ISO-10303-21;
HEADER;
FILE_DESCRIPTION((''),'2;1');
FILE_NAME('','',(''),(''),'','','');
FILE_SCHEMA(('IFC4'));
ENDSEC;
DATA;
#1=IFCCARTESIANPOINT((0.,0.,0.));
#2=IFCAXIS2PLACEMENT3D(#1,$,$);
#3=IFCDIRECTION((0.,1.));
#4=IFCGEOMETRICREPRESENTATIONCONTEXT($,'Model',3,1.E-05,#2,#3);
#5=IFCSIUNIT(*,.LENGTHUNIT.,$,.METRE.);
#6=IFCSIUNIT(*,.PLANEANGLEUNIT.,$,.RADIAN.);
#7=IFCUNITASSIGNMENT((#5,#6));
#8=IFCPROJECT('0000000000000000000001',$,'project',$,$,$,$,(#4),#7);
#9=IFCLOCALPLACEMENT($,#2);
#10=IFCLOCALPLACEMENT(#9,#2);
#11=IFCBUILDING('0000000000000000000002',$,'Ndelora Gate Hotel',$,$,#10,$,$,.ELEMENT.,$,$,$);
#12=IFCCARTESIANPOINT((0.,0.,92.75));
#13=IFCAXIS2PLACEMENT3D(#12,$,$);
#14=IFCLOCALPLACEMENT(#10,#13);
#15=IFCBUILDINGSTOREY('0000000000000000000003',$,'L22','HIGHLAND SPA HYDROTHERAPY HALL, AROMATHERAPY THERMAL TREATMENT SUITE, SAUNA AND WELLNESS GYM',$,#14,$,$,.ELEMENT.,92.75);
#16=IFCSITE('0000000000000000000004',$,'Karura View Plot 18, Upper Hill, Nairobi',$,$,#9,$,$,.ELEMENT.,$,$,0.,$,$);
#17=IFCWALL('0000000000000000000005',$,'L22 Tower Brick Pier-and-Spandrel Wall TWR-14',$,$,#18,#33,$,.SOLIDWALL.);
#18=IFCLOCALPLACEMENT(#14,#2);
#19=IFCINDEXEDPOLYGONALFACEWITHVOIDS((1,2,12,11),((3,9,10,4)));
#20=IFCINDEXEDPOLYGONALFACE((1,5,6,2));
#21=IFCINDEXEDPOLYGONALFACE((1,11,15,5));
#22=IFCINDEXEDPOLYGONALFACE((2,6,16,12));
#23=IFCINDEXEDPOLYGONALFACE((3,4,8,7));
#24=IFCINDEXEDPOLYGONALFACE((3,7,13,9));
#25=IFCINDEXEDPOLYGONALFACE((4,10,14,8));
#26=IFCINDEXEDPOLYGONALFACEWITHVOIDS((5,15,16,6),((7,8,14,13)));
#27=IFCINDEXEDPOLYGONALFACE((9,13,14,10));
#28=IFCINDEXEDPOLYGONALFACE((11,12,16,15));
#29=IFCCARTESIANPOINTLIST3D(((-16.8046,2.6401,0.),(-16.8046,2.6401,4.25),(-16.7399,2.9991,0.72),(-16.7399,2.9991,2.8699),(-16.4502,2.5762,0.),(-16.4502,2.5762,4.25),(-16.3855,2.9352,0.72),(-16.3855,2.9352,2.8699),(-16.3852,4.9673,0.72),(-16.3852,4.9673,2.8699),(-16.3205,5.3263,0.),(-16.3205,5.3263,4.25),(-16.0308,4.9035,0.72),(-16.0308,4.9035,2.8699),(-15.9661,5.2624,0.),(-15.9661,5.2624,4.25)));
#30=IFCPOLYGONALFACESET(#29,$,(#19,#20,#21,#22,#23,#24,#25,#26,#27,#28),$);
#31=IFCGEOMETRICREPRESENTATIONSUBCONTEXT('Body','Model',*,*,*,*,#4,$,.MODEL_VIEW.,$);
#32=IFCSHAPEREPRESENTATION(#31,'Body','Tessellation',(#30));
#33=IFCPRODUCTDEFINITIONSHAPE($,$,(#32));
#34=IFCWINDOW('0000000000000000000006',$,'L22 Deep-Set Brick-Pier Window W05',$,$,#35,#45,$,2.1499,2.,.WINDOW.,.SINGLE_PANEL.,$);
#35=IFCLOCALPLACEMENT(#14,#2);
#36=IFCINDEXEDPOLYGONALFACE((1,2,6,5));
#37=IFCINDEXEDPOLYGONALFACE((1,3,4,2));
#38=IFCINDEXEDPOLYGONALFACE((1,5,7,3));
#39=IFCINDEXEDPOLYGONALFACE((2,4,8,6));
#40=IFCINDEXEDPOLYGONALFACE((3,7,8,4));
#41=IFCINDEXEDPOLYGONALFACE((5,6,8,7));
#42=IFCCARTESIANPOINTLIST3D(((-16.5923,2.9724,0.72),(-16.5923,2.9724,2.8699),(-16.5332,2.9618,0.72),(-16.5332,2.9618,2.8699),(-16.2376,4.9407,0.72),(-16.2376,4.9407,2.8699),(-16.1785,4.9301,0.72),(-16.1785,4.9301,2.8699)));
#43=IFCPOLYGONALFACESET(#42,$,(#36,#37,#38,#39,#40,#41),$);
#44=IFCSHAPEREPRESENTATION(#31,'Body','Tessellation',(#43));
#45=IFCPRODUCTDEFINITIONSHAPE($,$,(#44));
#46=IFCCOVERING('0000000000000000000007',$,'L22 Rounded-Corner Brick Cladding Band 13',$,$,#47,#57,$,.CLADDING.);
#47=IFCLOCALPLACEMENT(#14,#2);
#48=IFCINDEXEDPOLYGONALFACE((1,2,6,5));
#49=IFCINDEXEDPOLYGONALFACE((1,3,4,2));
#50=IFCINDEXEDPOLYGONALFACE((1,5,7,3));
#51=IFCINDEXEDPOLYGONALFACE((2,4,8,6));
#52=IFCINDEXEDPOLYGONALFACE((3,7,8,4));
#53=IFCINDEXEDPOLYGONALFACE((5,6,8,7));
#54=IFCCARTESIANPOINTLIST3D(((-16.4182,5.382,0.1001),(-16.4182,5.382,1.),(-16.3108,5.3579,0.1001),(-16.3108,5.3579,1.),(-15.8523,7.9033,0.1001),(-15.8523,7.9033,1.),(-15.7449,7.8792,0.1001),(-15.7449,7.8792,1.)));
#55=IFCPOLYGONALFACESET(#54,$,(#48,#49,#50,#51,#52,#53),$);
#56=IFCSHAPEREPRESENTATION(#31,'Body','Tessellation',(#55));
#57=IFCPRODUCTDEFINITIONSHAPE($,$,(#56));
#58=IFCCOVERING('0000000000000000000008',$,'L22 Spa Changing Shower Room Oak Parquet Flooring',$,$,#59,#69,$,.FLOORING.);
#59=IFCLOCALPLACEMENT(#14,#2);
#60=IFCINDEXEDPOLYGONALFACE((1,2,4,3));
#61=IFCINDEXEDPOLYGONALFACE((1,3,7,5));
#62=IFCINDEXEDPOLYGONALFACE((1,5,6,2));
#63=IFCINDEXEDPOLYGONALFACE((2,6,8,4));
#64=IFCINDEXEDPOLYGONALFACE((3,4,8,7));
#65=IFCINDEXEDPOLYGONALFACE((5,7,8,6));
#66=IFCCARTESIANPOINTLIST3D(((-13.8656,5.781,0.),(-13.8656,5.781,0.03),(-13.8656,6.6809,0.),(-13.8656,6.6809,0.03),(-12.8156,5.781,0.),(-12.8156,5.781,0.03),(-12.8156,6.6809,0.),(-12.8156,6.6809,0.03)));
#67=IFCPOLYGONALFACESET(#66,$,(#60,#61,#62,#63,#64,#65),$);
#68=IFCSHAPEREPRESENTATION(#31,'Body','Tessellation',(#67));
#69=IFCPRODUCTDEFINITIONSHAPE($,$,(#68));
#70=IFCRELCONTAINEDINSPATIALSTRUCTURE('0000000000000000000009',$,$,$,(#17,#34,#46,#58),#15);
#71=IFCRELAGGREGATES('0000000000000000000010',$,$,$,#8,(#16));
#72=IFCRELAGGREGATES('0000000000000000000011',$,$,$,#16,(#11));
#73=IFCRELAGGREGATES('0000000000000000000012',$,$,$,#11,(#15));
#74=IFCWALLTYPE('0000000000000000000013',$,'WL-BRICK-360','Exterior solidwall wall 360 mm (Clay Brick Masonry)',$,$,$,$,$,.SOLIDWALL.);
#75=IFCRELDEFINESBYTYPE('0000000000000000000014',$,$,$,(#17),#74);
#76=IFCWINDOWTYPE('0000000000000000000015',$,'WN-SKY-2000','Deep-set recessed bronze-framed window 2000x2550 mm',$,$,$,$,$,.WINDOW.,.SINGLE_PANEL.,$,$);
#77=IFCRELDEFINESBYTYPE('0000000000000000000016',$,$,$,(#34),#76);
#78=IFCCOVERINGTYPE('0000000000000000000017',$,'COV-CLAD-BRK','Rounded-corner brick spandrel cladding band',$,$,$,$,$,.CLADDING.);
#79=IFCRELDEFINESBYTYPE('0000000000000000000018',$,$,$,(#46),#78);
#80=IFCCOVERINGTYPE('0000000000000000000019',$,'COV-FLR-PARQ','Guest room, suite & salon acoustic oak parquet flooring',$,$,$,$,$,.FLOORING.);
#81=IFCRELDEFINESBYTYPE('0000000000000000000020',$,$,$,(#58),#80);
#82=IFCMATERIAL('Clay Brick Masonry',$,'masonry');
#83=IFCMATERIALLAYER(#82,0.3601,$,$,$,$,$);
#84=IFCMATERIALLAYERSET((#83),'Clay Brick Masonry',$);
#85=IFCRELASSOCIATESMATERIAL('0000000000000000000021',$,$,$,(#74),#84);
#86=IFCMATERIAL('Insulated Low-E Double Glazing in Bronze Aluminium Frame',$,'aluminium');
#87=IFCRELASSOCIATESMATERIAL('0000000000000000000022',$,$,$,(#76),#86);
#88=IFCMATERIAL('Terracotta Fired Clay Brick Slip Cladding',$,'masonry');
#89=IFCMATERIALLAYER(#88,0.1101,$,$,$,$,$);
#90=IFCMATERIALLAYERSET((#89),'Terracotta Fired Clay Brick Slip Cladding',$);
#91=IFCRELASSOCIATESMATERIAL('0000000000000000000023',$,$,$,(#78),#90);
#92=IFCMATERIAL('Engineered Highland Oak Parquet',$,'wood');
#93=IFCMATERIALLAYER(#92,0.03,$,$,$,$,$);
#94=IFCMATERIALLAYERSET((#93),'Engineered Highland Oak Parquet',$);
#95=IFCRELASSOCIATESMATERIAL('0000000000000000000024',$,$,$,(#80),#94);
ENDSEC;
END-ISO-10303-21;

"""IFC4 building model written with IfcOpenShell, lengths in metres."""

from ifc_helpers import new_model, si_unit, direction, frame, frame_2d, origin, origin_2d, place, context, subcontext, project, spatial, rectangle, extrude, material, layer, layer_set, type_object, element, fill, save


model = new_model("IFC4")

# Units and contexts
model_context = context("Model", 3, precision=1e-05, world=origin(), true_north=direction((0.0, 1.0)))
body_context = subcontext(model_context, "Body", "Model", "MODEL_VIEW")
ifc_project = project(units=[si_unit("LENGTHUNIT", "METRE"), si_unit("PLANEANGLEUNIT", "RADIAN")], contexts=[model_context])

# Site, building, storey
site_placement = place(None, origin())
site = spatial("IfcSite", under=ifc_project, at=site_placement, Name="Karura View Plot 18, Upper Hill, Nairobi", CompositionType="ELEMENT", RefElevation=0.0)
building_placement = place(site_placement, origin())
building = spatial("IfcBuilding", under=site, at=building_placement, Name="Ndelora Gate Hotel", CompositionType="ELEMENT")
storey_placement = place(building_placement, frame((0.0, 0.0, 92.75)))
storey = spatial("IfcBuildingStorey", under=building, at=storey_placement, Name="L22", Description="HIGHLAND SPA HYDROTHERAPY HALL, AROMATHERAPY THERMAL TREATMENT SUITE, SAUNA AND WELLNESS GYM", CompositionType="ELEMENT", Elevation=92.75)

# Shared definitions
ifc_material_1 = material(Name="Clay Brick Masonry", Category="masonry")
ifc_layer_1 = layer(ifc_material_1, 0.3601)
ifc_layer_set_1 = layer_set([ifc_layer_1], Name="Clay Brick Masonry")
wall_type = type_object("IfcWallType", Name="WL-BRICK-360", Description="Exterior solidwall wall 360 mm (Clay Brick Masonry)", PredefinedType="SOLIDWALL", material=ifc_layer_set_1)

# Wall, opening, window
wall_1_placement = place(storey_placement, frame((-16.6274, 2.6082, 0.0), z_axis=(0.0, 0.0, 1.0), x_axis=(0.177366, 0.984145, 0.0)))
wall_1 = element("IfcWall", 1, at=wall_1_placement, inside=storey, type_object=wall_type, Name="L22 Tower Brick Pier-and-Spandrel Wall TWR-14", PredefinedType="SOLIDWALL", context=body_context, shape_type="SweptSolid", body=[
    extrude(rectangle(XDim=2.7295, YDim=0.3601, at=frame_2d((1.3647, 0.0))), origin(), (0.0, 0.0, 1.0), 4.25),
])
opening_placement = place(wall_1_placement, frame((0.3647, 0.0, 0.72)))
opening = element("IfcOpeningElement", 2, at=opening_placement, cuts=wall_1, PredefinedType="OPENING", context=body_context, shape_type="SweptSolid", body=[
    extrude(rectangle(XDim=2.0, YDim=2.1499, at=frame_2d((1.0, 1.075))), frame((0.0, 0.1899, 0.0), z_axis=(0.0, -1.0, 0.0), x_axis=(1.0, 0.0, 0.0)), (0.0, 0.0, 1.0), 0.3801),
])
ifc_material_2 = material(Name="Insulated Low-E Double Glazing in Bronze Aluminium Frame", Category="aluminium")
window_type = type_object("IfcWindowType", Name="WN-SKY-2000", Description="Deep-set recessed bronze-framed window 2000x2550 mm", PartitioningType="SINGLE_PANEL", PredefinedType="WINDOW", material=ifc_material_2)
window_placement = place(opening_placement, origin())
window = element("IfcWindow", 3, at=window_placement, inside=storey, type_object=window_type, Name="L22 Deep-Set Brick-Pier Window W05", OverallHeight=2.1499, OverallWidth=2.0, PartitioningType="SINGLE_PANEL", PredefinedType="WINDOW", context=body_context, shape_type="SweptSolid", body=[
    extrude(rectangle(XDim=2.0, YDim=2.1499, at=frame_2d((1.0, 1.075))), frame((0.0, 0.03, 0.0), z_axis=(0.0, -1.0, 0.0), x_axis=(1.0, 0.0, 0.0)), (0.0, 0.0, 1.0), 0.0601),
])
fill(opening, window)

# Coverings
ifc_material_3 = material(Name="Terracotta Fired Clay Brick Slip Cladding", Category="masonry")
ifc_layer_2 = layer(ifc_material_3, 0.1101)
ifc_layer_set_2 = layer_set([ifc_layer_2], Name="Terracotta Fired Clay Brick Slip Cladding")
covering_type_1 = type_object("IfcCoveringType", Name="COV-CLAD-BRK", Description="Rounded-corner brick spandrel cladding band", PredefinedType="CLADDING", material=ifc_layer_set_2)
covering_1_placement = place(storey_placement, frame((-16.0815, 6.6306, 0.1001), z_axis=(0.0, 0.0, 1.0), x_axis=(0.218995, 0.975726, 0.0)))
element("IfcCovering", 4, at=covering_1_placement, inside=storey, type_object=covering_type_1, Name="L22 Rounded-Corner Brick Cladding Band 13", PredefinedType="CLADDING", context=body_context, shape_type="SweptSolid", body=[
    extrude(rectangle(XDim=2.584, YDim=0.1101, at=origin_2d()), origin(), (0.0, 0.0, 1.0), 0.8999),
])
ifc_material_4 = material(Name="Engineered Highland Oak Parquet", Category="wood")
ifc_layer_3 = layer(ifc_material_4, 0.03)
ifc_layer_set_3 = layer_set([ifc_layer_3], Name="Engineered Highland Oak Parquet")
covering_type_2 = type_object("IfcCoveringType", Name="COV-FLR-PARQ", Description="Guest room, suite & salon acoustic oak parquet flooring", PredefinedType="FLOORING", material=ifc_layer_set_3)
covering_2_placement = place(storey_placement, frame((-13.3406, 6.231, 0.0), z_axis=(0.0, 0.0, 1.0), x_axis=(1.0, 0.0, 0.0)))
element("IfcCovering", 5, at=covering_2_placement, inside=storey, type_object=covering_type_2, Name="L22 Spa Changing Shower Room Oak Parquet Flooring", PredefinedType="FLOORING", context=body_context, shape_type="SweptSolid", body=[
    extrude(rectangle(XDim=1.05, YDim=0.8999, at=origin_2d()), origin(), (0.0, 0.0, 1.0), 0.03),
])

save(model, "model.ifc")
